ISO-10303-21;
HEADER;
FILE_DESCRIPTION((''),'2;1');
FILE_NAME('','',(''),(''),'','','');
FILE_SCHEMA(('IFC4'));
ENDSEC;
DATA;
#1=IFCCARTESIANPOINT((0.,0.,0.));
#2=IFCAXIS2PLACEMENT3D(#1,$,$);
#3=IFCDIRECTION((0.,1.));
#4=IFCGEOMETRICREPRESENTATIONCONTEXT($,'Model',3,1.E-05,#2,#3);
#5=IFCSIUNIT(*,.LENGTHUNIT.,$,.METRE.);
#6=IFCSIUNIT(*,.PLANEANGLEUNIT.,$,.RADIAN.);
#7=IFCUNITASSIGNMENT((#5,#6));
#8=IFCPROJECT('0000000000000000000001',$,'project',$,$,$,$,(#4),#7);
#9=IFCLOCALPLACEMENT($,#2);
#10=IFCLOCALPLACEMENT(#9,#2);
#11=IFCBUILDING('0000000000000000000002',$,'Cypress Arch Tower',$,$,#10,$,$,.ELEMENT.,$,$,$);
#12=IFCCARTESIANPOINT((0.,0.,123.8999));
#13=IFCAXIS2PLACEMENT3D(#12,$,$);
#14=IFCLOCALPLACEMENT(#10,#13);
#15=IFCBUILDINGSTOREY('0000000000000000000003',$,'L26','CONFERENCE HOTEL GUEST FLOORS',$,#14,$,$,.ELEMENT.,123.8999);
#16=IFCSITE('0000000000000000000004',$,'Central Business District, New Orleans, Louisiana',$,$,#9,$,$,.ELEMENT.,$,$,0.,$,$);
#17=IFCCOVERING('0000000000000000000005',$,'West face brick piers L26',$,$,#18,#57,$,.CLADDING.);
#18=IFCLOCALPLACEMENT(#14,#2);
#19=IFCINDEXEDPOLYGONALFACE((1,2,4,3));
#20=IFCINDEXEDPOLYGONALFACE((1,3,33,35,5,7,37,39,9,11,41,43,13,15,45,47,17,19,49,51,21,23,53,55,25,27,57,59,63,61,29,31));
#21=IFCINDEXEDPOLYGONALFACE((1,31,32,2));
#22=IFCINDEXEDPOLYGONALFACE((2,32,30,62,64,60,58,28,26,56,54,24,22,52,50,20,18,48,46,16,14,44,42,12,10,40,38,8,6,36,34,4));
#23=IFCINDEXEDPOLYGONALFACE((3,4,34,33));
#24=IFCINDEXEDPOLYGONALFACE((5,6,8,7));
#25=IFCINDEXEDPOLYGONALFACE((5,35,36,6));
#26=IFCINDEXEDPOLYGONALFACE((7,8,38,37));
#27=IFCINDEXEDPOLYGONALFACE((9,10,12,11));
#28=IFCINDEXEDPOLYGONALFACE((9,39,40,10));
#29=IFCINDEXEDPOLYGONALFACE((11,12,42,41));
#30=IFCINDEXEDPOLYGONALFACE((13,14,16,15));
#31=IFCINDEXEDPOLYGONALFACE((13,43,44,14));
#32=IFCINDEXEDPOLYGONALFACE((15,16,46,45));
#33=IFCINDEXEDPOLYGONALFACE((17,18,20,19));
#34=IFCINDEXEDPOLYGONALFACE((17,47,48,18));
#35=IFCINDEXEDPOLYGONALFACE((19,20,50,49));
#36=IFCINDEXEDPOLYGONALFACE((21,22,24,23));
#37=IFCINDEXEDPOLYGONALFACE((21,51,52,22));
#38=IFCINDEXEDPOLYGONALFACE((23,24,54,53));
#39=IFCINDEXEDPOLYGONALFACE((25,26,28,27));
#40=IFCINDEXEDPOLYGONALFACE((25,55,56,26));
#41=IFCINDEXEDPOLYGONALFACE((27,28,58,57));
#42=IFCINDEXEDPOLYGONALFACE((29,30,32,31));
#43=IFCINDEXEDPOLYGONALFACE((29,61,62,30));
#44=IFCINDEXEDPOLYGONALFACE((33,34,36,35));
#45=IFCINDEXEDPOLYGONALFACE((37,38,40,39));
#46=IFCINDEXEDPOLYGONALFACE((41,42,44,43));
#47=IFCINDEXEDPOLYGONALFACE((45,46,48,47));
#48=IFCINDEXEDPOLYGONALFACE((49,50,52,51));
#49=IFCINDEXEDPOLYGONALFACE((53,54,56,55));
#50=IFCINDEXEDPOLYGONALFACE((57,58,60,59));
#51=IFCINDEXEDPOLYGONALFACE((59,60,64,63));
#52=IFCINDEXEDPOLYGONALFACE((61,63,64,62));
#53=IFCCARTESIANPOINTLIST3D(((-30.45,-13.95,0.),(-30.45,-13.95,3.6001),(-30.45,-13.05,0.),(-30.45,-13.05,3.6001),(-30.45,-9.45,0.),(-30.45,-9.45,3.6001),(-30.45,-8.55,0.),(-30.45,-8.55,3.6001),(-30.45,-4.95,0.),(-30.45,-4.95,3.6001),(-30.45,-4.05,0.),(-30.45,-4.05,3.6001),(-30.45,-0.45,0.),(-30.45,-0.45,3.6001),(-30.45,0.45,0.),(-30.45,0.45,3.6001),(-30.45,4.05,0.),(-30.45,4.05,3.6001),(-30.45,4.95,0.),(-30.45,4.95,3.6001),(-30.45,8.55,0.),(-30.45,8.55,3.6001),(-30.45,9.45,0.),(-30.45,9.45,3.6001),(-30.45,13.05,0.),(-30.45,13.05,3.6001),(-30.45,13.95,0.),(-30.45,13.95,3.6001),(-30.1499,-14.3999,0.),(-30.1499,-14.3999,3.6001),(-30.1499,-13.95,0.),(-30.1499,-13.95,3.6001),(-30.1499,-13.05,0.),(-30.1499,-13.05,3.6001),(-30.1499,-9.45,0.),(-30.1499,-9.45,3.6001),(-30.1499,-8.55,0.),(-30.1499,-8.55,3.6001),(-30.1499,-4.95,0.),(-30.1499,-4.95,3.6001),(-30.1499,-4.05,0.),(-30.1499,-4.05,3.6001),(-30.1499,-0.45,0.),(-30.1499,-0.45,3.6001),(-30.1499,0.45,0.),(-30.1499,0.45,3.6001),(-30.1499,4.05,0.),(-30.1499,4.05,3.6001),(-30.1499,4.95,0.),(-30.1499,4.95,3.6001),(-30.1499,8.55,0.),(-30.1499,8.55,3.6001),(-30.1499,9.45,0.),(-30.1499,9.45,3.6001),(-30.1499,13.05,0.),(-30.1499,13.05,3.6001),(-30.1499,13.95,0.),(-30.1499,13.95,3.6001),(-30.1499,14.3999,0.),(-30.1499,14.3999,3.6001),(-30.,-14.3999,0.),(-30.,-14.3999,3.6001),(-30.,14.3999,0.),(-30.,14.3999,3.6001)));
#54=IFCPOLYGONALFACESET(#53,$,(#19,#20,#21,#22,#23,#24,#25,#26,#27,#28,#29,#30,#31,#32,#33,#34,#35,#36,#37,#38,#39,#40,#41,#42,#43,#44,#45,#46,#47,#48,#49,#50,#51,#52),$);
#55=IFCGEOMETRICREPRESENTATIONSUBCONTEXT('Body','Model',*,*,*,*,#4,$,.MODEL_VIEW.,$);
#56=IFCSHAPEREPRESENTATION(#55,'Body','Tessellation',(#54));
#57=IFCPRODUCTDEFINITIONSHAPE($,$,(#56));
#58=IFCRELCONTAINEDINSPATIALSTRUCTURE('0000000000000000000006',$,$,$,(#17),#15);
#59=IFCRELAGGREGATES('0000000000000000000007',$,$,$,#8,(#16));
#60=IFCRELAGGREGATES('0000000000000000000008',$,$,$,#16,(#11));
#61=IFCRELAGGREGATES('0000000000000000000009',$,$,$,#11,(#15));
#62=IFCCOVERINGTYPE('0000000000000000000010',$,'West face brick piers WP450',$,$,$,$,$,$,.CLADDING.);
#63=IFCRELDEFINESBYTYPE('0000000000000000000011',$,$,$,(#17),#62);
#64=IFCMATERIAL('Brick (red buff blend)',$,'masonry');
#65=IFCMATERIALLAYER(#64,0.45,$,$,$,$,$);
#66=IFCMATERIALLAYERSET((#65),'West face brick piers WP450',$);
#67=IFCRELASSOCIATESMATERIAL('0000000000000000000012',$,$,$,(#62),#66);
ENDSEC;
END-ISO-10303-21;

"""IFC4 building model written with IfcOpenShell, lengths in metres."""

from ifc_helpers import new_model, si_unit, direction, frame, origin, place, context, subcontext, project, spatial, polyline, outline, extrude, material, layer, layer_set, type_object, element, save


model = new_model("IFC4")

# Units and contexts
model_context = context("Model", 3, precision=1e-05, world=origin(), true_north=direction((0.0, 1.0)))
body_context = subcontext(model_context, "Body", "Model", "MODEL_VIEW")
ifc_project = project(units=[si_unit("LENGTHUNIT", "METRE"), si_unit("PLANEANGLEUNIT", "RADIAN")], contexts=[model_context])

# Site, building, storey
site_placement = place(None, origin())
site = spatial("IfcSite", under=ifc_project, at=site_placement, Name="Central Business District, New Orleans, Louisiana", CompositionType="ELEMENT", RefElevation=0.0)
building_placement = place(site_placement, origin())
building = spatial("IfcBuilding", under=site, at=building_placement, Name="Cypress Arch Tower", CompositionType="ELEMENT")
storey_placement = place(building_placement, frame((0.0, 0.0, 123.8999)))
storey = spatial("IfcBuildingStorey", under=building, at=storey_placement, Name="L26", Description="CONFERENCE HOTEL GUEST FLOORS", CompositionType="ELEMENT", Elevation=123.8999)

# Covering
ifc_material_1 = material(Name="Brick (red buff blend)", Category="masonry")
ifc_layer_1 = layer(ifc_material_1, 0.45)
ifc_layer_set_1 = layer_set([ifc_layer_1], Name="West face brick piers WP450")
covering_type_1 = type_object("IfcCoveringType", Name="West face brick piers WP450", PredefinedType="CLADDING", material=ifc_layer_set_1)
covering_1_placement = place(storey_placement, origin())
element("IfcCovering", 1, at=covering_1_placement, inside=storey, type_object=covering_type_1, Name="West face brick piers L26", PredefinedType="CLADDING", context=body_context, shape_type="SweptSolid", body=[
    extrude(outline(polyline([(-30.1499, -13.05), (-30.1499, -9.45), (-30.45, -9.45), (-30.45, -8.55), (-30.1499, -8.55), (-30.1499, -4.95), (-30.45, -4.95), (-30.45, -4.05), (-30.1499, -4.05), (-30.1499, -0.45), (-30.45, -0.45), (-30.45, 0.45), (-30.1499, 0.45), (-30.1499, 4.05), (-30.45, 4.05), (-30.45, 4.95), (-30.1499, 4.95), (-30.1499, 8.55), (-30.45, 8.55), (-30.45, 9.45), (-30.1499, 9.45), (-30.1499, 13.05), (-30.45, 13.05), (-30.45, 13.95), (-30.1499, 13.95), (-30.1499, 14.3999), (-30.0, 14.3999), (-30.0, -14.3999), (-30.1499, -14.3999), (-30.1499, -13.95), (-30.45, -13.95), (-30.45, -13.05), (-30.1499, -13.05)])), origin(), (0.0, 0.0, 1.0), 3.6001),
])

save(model, "model.ifc")
